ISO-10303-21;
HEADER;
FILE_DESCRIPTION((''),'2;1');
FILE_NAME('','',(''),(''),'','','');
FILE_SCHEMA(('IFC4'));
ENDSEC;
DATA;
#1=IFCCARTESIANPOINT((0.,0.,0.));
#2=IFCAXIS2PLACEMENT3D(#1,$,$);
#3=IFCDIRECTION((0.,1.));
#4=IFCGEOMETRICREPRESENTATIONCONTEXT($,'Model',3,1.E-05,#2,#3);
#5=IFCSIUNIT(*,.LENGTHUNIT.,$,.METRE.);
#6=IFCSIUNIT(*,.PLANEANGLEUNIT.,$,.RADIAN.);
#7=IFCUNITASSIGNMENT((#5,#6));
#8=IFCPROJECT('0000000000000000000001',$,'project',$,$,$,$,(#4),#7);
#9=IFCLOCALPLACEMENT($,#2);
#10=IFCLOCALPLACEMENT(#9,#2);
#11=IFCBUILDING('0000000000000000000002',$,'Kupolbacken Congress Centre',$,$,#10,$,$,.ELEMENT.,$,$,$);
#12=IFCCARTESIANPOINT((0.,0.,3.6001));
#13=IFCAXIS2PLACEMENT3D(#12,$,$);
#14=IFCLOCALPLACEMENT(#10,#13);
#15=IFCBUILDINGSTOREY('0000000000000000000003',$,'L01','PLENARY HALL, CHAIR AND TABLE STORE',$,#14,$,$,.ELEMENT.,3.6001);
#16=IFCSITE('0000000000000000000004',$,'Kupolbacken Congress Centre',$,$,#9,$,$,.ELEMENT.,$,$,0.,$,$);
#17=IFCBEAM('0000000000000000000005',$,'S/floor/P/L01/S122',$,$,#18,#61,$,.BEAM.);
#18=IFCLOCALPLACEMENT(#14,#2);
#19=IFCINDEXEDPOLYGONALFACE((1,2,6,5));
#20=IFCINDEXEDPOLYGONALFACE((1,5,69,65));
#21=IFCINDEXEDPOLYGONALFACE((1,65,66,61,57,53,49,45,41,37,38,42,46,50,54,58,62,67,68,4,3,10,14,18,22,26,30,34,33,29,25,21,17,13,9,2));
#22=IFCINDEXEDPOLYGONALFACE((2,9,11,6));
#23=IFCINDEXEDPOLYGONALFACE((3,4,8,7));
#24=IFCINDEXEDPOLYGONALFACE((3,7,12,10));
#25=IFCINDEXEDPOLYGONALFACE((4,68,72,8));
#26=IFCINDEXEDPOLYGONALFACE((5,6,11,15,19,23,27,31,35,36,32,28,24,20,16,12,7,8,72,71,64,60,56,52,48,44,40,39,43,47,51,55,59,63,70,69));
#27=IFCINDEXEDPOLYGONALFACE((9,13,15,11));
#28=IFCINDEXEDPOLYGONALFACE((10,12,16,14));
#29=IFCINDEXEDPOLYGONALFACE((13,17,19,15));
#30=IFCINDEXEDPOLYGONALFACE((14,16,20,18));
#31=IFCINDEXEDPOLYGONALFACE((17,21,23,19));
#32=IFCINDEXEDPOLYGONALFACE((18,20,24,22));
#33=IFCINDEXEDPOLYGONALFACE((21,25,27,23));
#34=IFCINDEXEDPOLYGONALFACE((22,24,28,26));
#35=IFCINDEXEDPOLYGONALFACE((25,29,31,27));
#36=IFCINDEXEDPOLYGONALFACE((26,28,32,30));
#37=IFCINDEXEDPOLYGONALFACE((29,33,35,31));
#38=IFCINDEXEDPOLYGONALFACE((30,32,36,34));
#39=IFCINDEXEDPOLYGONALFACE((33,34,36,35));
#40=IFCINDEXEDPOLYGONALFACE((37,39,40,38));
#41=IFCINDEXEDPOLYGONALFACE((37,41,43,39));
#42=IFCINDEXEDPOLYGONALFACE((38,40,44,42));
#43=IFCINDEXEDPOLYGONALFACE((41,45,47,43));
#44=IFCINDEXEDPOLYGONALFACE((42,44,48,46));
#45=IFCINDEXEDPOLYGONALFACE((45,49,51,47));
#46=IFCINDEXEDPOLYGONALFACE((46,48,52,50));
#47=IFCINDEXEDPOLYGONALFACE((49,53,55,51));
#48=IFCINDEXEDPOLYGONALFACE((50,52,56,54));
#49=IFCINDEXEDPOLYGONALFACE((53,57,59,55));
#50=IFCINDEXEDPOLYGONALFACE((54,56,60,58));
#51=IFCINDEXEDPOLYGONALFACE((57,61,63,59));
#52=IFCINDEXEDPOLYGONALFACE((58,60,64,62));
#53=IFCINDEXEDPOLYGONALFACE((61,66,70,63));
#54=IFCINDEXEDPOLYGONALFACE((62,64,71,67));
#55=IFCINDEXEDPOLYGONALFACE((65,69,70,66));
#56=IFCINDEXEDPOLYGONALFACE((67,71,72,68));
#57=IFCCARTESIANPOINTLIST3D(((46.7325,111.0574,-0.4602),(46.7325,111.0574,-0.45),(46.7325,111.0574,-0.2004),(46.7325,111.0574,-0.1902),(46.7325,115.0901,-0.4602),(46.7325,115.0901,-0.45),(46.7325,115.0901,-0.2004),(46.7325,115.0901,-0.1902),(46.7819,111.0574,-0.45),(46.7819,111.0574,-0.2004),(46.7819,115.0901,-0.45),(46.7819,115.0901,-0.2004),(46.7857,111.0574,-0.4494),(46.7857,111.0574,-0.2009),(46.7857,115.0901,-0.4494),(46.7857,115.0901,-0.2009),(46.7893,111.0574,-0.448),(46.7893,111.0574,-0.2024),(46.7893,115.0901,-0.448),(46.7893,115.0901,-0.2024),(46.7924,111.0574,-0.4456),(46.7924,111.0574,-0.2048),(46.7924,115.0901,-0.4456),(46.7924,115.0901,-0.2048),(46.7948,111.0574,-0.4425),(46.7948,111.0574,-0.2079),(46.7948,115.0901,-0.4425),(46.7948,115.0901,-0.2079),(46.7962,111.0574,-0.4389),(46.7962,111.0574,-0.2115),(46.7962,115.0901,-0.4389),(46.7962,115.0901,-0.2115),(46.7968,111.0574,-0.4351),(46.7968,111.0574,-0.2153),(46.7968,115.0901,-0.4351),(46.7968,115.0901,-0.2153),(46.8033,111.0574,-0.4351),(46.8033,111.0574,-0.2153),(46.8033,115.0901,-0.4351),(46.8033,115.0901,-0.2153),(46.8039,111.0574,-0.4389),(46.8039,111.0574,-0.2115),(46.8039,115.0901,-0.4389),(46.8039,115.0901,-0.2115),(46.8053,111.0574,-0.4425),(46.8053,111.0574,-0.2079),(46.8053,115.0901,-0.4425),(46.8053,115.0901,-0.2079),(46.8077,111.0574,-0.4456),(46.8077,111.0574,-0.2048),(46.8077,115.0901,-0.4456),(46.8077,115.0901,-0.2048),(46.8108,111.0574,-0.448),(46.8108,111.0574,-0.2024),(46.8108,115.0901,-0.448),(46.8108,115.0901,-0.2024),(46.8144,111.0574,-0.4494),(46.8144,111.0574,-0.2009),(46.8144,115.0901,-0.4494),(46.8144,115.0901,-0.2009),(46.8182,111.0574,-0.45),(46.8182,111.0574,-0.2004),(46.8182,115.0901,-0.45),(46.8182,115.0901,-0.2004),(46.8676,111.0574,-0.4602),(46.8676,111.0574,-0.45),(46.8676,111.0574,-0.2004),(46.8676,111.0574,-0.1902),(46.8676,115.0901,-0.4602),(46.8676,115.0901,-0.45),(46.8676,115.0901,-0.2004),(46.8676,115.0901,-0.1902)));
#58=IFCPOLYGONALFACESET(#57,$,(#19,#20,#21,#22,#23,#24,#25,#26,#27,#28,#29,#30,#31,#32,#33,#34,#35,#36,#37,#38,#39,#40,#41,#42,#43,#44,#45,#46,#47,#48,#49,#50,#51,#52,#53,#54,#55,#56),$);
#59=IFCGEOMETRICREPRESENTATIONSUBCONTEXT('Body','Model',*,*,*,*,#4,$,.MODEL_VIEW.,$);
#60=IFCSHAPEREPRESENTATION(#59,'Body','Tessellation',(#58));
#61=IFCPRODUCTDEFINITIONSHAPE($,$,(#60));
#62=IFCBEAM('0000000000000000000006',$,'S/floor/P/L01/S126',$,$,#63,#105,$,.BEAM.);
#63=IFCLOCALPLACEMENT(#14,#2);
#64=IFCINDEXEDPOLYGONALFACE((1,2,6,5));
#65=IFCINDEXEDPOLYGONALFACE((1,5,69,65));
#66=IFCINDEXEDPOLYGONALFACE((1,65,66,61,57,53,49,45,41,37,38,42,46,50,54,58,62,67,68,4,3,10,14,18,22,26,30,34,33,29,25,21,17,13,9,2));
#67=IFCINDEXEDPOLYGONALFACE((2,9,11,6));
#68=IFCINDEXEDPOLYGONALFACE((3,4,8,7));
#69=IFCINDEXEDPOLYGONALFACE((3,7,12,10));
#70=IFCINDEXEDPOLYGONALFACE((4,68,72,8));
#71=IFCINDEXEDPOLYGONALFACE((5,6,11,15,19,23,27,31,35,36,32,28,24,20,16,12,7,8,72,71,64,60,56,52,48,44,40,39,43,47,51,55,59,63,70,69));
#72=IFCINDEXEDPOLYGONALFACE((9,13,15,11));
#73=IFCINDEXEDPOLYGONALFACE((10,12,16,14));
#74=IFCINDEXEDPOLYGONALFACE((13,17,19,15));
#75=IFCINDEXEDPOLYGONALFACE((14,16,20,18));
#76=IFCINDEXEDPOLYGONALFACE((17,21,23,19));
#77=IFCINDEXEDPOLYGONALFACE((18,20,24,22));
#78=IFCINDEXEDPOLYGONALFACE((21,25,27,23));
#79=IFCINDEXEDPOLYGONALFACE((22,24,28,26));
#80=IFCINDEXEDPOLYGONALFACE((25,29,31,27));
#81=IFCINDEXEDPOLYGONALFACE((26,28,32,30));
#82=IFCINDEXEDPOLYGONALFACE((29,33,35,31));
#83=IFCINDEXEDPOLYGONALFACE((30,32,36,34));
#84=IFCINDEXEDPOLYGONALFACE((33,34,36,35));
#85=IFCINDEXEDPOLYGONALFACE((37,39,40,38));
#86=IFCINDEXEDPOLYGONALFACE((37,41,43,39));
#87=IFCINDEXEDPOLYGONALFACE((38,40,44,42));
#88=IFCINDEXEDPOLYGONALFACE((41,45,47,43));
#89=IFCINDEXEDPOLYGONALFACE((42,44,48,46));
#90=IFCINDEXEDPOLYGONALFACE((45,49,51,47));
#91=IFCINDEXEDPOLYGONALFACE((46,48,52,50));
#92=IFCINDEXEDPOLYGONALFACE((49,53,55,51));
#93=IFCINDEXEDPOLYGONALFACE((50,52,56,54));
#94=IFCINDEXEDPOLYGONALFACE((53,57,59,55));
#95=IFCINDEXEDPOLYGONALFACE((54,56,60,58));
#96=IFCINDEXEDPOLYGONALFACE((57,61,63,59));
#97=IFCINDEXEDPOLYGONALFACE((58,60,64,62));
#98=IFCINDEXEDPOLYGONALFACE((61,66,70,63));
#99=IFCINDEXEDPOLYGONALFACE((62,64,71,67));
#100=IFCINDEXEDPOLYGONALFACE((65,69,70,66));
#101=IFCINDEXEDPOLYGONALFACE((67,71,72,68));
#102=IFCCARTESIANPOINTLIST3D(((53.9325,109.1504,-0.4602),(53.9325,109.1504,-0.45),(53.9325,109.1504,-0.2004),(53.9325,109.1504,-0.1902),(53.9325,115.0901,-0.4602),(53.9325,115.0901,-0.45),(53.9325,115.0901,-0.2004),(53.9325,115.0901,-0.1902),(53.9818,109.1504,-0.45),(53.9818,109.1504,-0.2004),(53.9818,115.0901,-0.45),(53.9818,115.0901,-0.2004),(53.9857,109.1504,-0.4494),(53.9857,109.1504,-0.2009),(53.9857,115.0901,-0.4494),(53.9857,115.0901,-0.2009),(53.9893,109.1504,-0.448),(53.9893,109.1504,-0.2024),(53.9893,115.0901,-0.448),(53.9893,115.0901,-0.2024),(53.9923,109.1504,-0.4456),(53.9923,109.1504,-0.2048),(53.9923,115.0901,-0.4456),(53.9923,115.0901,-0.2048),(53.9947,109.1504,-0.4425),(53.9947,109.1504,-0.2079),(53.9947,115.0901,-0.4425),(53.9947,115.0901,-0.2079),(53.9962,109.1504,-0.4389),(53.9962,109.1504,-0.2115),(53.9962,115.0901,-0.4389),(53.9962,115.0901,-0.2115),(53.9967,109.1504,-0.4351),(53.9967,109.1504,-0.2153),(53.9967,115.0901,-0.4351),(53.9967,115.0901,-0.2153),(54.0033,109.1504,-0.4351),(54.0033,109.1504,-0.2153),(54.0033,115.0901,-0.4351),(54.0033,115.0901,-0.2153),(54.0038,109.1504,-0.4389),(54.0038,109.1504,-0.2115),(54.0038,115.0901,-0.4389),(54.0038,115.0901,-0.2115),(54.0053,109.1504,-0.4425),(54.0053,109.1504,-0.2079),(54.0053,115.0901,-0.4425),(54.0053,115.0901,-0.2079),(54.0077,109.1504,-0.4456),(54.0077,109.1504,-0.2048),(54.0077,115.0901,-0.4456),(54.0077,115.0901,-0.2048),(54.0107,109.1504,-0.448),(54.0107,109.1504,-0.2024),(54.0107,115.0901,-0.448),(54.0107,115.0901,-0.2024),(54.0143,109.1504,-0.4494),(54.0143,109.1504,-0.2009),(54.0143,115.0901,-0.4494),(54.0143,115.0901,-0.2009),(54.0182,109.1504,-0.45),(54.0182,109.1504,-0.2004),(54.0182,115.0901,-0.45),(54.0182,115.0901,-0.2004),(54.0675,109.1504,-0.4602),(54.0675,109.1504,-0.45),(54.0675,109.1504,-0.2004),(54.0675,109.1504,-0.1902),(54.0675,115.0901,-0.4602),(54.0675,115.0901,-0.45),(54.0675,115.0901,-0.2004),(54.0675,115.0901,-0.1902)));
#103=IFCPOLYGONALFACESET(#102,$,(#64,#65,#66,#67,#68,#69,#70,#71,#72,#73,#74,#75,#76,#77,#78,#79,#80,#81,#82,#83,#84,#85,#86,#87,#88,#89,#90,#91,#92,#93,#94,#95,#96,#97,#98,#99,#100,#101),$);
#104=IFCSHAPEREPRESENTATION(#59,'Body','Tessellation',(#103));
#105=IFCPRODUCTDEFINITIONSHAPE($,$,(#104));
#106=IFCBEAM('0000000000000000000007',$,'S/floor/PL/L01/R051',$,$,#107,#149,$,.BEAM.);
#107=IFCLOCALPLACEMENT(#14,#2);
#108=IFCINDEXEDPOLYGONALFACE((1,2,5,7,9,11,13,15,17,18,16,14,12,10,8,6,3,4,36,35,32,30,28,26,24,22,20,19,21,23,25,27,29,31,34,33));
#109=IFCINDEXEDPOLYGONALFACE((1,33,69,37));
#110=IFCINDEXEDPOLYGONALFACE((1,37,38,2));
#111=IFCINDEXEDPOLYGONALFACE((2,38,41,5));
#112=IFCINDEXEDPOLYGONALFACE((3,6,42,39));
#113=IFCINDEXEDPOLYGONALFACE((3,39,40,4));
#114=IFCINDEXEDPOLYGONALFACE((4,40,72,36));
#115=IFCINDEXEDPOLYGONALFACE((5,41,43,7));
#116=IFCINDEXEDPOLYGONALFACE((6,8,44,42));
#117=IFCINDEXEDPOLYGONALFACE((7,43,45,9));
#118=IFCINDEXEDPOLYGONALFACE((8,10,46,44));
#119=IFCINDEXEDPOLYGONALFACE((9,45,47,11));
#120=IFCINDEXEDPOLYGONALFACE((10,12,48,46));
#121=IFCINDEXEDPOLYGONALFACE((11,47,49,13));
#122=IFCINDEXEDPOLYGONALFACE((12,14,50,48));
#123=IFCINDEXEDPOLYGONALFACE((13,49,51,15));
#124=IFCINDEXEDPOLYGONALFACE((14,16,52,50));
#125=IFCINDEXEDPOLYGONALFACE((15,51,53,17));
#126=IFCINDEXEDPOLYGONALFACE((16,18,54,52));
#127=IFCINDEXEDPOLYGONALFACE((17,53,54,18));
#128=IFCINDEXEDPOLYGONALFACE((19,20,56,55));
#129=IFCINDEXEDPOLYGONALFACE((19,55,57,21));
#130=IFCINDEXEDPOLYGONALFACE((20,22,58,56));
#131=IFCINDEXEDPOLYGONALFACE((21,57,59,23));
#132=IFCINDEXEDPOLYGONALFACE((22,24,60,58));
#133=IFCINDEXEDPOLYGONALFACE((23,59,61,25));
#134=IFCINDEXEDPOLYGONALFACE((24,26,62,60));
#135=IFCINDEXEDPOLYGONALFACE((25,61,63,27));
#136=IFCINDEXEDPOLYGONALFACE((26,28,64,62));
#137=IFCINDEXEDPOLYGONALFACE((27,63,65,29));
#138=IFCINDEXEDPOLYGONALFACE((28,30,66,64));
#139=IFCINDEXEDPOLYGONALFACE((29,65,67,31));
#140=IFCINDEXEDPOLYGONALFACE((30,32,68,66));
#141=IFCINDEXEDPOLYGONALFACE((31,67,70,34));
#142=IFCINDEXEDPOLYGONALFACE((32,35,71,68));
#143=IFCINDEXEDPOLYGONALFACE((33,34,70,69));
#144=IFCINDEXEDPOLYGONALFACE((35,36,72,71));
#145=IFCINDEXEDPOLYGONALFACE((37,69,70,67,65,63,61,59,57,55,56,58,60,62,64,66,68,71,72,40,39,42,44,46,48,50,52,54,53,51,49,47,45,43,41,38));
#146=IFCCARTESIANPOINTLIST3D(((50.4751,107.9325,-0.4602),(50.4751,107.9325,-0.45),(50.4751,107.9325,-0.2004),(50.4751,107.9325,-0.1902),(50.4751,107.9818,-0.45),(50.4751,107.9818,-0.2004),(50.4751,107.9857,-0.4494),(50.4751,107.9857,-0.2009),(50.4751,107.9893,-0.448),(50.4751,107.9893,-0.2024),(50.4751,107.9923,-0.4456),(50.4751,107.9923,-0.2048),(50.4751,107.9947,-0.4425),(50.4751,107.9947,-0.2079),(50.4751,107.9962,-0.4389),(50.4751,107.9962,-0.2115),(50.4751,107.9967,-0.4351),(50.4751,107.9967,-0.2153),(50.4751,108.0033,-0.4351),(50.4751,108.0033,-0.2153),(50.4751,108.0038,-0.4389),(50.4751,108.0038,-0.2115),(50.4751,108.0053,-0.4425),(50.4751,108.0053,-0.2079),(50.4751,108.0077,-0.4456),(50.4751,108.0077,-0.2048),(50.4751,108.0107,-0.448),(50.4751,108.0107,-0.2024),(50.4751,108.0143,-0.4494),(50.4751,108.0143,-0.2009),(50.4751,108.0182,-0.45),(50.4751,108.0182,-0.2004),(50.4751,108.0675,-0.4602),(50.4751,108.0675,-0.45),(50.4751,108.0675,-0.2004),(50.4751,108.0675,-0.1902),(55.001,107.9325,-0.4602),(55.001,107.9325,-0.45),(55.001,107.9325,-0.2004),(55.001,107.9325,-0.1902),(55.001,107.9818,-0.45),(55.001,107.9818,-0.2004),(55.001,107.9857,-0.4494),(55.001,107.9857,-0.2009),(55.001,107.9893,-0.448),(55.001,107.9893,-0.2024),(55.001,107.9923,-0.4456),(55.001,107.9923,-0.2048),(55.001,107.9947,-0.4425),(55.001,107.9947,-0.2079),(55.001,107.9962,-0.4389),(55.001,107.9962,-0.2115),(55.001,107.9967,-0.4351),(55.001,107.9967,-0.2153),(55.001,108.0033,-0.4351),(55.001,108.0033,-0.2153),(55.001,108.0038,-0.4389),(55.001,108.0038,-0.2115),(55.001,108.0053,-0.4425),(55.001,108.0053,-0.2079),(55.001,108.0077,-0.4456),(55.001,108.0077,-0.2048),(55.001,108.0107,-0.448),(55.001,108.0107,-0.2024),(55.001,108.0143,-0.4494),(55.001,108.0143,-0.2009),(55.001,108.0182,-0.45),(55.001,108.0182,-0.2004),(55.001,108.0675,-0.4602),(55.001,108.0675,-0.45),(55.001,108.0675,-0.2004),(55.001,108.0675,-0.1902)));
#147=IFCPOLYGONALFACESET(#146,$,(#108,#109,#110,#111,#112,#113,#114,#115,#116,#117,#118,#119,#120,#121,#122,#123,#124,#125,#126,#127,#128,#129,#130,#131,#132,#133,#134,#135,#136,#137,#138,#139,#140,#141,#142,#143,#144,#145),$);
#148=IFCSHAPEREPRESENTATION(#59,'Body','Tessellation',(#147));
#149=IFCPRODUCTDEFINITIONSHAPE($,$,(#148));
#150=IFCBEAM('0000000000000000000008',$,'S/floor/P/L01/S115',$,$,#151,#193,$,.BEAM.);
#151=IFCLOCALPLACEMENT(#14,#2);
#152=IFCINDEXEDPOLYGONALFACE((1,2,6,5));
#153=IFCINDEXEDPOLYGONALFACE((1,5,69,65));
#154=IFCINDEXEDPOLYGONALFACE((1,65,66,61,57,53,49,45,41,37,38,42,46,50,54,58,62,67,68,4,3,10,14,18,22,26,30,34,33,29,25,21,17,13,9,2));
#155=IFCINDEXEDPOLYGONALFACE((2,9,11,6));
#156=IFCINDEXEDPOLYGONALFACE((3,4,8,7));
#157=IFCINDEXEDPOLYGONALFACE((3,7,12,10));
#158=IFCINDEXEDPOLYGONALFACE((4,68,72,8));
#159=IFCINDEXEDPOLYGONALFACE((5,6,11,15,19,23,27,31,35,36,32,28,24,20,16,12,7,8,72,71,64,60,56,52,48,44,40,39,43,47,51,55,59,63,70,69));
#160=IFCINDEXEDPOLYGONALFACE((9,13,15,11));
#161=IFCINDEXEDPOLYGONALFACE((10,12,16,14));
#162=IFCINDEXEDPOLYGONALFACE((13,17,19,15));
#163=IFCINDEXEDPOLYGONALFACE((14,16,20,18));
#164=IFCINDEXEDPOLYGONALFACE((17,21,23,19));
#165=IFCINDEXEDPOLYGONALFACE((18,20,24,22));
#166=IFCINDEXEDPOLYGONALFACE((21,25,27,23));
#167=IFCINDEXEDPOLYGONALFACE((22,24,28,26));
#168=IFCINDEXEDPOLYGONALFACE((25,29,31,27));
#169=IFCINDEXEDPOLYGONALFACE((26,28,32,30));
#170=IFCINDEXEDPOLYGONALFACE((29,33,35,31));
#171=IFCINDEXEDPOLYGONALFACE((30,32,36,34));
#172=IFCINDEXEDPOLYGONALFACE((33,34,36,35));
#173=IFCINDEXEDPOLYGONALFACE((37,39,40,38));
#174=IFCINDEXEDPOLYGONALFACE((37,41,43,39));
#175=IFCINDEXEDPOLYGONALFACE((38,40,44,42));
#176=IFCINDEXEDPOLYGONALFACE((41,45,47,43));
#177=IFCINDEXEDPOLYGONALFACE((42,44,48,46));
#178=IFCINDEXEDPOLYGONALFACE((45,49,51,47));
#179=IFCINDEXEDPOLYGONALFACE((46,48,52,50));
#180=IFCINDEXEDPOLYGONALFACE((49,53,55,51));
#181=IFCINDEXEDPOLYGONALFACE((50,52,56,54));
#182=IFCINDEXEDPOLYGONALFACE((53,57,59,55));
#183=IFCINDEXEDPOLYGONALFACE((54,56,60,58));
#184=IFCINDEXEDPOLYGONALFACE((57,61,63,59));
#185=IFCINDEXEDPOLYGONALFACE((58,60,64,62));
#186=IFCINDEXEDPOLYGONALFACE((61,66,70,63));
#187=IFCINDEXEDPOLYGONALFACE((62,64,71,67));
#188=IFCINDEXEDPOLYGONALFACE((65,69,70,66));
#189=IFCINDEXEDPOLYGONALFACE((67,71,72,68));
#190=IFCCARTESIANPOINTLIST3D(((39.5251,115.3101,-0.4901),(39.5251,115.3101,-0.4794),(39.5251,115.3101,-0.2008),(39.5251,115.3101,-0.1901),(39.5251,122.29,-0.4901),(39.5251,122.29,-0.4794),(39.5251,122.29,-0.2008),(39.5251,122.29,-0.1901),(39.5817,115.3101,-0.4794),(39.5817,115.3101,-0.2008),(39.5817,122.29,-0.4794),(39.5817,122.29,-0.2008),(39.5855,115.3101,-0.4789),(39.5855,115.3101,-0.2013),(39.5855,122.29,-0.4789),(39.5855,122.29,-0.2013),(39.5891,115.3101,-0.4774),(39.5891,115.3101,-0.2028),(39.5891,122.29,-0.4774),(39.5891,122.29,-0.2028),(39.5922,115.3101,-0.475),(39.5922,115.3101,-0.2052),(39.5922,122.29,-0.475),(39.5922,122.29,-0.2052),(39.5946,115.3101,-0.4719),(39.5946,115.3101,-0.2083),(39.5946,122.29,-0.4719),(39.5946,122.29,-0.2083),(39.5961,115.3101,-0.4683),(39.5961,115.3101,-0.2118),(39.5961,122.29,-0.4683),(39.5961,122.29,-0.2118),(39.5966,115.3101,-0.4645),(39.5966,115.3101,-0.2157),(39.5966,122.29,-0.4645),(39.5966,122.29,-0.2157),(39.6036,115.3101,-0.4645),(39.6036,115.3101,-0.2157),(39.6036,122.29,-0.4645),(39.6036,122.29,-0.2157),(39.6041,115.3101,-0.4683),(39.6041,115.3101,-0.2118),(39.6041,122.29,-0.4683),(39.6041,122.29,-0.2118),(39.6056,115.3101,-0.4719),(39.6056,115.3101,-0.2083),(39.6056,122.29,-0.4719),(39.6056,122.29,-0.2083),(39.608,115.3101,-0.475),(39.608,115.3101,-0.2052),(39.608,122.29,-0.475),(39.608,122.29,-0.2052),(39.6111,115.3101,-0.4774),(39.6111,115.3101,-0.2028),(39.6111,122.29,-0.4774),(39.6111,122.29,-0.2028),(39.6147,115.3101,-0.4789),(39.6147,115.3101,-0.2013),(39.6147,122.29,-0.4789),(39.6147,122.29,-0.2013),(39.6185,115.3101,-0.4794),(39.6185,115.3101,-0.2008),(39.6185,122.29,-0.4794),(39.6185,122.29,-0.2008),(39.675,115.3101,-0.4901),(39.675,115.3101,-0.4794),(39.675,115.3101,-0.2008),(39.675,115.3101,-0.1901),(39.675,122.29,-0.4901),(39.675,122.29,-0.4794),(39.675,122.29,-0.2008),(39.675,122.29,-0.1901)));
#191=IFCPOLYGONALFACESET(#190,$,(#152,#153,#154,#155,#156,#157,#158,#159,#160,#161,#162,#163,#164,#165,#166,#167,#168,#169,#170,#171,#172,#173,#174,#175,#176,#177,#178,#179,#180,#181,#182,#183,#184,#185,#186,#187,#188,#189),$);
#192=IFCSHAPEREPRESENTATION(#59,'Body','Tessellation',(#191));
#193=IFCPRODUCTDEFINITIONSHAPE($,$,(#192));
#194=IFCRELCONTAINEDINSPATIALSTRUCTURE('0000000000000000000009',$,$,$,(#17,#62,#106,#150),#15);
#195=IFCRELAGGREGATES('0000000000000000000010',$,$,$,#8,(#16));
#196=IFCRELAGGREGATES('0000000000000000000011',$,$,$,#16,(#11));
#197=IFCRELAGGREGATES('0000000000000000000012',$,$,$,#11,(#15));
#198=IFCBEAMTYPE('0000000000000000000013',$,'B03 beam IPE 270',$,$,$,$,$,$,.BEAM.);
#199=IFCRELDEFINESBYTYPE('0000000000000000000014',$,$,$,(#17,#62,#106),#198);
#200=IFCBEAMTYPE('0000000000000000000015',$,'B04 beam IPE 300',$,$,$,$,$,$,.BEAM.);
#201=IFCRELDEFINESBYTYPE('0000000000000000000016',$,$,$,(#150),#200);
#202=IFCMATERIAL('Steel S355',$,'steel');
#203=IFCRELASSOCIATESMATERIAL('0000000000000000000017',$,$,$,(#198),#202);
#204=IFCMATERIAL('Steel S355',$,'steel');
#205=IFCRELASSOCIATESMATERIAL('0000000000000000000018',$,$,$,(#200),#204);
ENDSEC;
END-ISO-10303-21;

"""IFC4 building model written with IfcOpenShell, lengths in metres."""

from ifc_helpers import new_model, si_unit, direction, frame, origin, origin_2d, place, context, subcontext, project, spatial, i_section, extrude, material, material_profile, profile_set, type_object, element, save


model = new_model("IFC4")

# Units and contexts
model_context = context("Model", 3, precision=1e-05, world=origin(), true_north=direction((0.0, 1.0)))
body_context = subcontext(model_context, "Body", "Model", "MODEL_VIEW")
ifc_project = project(units=[si_unit("LENGTHUNIT", "METRE"), si_unit("PLANEANGLEUNIT", "RADIAN")], contexts=[model_context])

# Site, building, storey
site_placement = place(None, origin())
site = spatial("IfcSite", under=ifc_project, at=site_placement, Name="Kupolbacken Congress Centre", CompositionType="ELEMENT", RefElevation=0.0)
building_placement = place(site_placement, origin())
building = spatial("IfcBuilding", under=site, at=building_placement, Name="Kupolbacken Congress Centre", CompositionType="ELEMENT")
storey_placement = place(building_placement, frame((0.0, 0.0, 3.6001)))
storey = spatial("IfcBuildingStorey", under=building, at=storey_placement, Name="L01", Description="PLENARY HALL, CHAIR AND TABLE STORE", CompositionType="ELEMENT", Elevation=3.6001)

# Beams
ifc_material_1 = material(Name="Steel S355", Category="steel")
ifc_material_profile_1 = material_profile(ifc_material_1, i_section(OverallWidth=0.135, OverallDepth=0.27, WebThickness=0.0066, FlangeThickness=0.0103, FilletRadius=0.0149, at=origin_2d()), Name="IPE 270")
ifc_profile_set_1 = profile_set([ifc_material_profile_1], Name="Steel S355")
beam_type_1 = type_object("IfcBeamType", Name="B03 beam IPE 270", PredefinedType="BEAM", material=ifc_profile_set_1)
for number, where, z_axis, x_axis, name in (
    (1, (46.8, 111.0574, -0.3252), (0.0, 1.0, 0.0), (-1.0, 0.0, 0.0), "S/floor/P/L01/S122"),
):
    element("IfcBeam", number, at=place(storey_placement, frame(where, z_axis=z_axis, x_axis=x_axis)), inside=storey, type_object=beam_type_1, Name=name, PredefinedType="BEAM", context=body_context, shape_type="SweptSolid", body=[
        extrude(i_section(OverallWidth=0.135, OverallDepth=0.27, WebThickness=0.0066, FlangeThickness=0.0103, FilletRadius=0.0149, at=origin_2d()), origin(), (0.0, 0.0, 1.0), 4.0327),
    ])
beam_1_placement = place(storey_placement, frame((54.0, 109.1504, -0.3252), z_axis=(0.0, 1.0, 0.0), x_axis=(-1.0, 0.0, 0.0)))
element("IfcBeam", 2, at=beam_1_placement, inside=storey, type_object=beam_type_1, Name="S/floor/P/L01/S126", PredefinedType="BEAM", context=body_context, shape_type="SweptSolid", body=[
    extrude(i_section(OverallWidth=0.135, OverallDepth=0.27, WebThickness=0.0066, FlangeThickness=0.0103, FilletRadius=0.0149, at=origin_2d()), origin(), (0.0, 0.0, 1.0), 5.9397),
])
beam_2_placement = place(storey_placement, frame((50.4751, 108.0, -0.3252), z_axis=(1.0, 0.0, 0.0), x_axis=(0.0, 1.0, 0.0)))
element("IfcBeam", 3, at=beam_2_placement, inside=storey, type_object=beam_type_1, Name="S/floor/PL/L01/R051", PredefinedType="BEAM", context=body_context, shape_type="SweptSolid", body=[
    extrude(i_section(OverallWidth=0.135, OverallDepth=0.27, WebThickness=0.0066, FlangeThickness=0.0103, FilletRadius=0.0149, at=origin_2d()), origin(), (0.0, 0.0, 1.0), 4.5259),
])
ifc_material_2 = material(Name="Steel S355", Category="steel")
ifc_material_profile_2 = material_profile(ifc_material_2, i_section(OverallWidth=0.1499, OverallDepth=0.3, WebThickness=0.0071, FlangeThickness=0.0107, FilletRadius=0.0149, at=origin_2d()), Name="IPE 300")
ifc_profile_set_2 = profile_set([ifc_material_profile_2], Name="Steel S355")
beam_type_2 = type_object("IfcBeamType", Name="B04 beam IPE 300", PredefinedType="BEAM", material=ifc_profile_set_2)
beam_3_placement = place(storey_placement, frame((39.6001, 115.3101, -0.3401), z_axis=(0.0, 1.0, 0.0), x_axis=(-1.0, 0.0, 0.0)))
element("IfcBeam", 4, at=beam_3_placement, inside=storey, type_object=beam_type_2, Name="S/floor/P/L01/S115", PredefinedType="BEAM", context=body_context, shape_type="SweptSolid", body=[
    extrude(i_section(OverallWidth=0.1499, OverallDepth=0.3, WebThickness=0.0071, FlangeThickness=0.0107, FilletRadius=0.0149, at=origin_2d()), origin(), (0.0, 0.0, 1.0), 6.98),
])

save(model, "model.ifc")
